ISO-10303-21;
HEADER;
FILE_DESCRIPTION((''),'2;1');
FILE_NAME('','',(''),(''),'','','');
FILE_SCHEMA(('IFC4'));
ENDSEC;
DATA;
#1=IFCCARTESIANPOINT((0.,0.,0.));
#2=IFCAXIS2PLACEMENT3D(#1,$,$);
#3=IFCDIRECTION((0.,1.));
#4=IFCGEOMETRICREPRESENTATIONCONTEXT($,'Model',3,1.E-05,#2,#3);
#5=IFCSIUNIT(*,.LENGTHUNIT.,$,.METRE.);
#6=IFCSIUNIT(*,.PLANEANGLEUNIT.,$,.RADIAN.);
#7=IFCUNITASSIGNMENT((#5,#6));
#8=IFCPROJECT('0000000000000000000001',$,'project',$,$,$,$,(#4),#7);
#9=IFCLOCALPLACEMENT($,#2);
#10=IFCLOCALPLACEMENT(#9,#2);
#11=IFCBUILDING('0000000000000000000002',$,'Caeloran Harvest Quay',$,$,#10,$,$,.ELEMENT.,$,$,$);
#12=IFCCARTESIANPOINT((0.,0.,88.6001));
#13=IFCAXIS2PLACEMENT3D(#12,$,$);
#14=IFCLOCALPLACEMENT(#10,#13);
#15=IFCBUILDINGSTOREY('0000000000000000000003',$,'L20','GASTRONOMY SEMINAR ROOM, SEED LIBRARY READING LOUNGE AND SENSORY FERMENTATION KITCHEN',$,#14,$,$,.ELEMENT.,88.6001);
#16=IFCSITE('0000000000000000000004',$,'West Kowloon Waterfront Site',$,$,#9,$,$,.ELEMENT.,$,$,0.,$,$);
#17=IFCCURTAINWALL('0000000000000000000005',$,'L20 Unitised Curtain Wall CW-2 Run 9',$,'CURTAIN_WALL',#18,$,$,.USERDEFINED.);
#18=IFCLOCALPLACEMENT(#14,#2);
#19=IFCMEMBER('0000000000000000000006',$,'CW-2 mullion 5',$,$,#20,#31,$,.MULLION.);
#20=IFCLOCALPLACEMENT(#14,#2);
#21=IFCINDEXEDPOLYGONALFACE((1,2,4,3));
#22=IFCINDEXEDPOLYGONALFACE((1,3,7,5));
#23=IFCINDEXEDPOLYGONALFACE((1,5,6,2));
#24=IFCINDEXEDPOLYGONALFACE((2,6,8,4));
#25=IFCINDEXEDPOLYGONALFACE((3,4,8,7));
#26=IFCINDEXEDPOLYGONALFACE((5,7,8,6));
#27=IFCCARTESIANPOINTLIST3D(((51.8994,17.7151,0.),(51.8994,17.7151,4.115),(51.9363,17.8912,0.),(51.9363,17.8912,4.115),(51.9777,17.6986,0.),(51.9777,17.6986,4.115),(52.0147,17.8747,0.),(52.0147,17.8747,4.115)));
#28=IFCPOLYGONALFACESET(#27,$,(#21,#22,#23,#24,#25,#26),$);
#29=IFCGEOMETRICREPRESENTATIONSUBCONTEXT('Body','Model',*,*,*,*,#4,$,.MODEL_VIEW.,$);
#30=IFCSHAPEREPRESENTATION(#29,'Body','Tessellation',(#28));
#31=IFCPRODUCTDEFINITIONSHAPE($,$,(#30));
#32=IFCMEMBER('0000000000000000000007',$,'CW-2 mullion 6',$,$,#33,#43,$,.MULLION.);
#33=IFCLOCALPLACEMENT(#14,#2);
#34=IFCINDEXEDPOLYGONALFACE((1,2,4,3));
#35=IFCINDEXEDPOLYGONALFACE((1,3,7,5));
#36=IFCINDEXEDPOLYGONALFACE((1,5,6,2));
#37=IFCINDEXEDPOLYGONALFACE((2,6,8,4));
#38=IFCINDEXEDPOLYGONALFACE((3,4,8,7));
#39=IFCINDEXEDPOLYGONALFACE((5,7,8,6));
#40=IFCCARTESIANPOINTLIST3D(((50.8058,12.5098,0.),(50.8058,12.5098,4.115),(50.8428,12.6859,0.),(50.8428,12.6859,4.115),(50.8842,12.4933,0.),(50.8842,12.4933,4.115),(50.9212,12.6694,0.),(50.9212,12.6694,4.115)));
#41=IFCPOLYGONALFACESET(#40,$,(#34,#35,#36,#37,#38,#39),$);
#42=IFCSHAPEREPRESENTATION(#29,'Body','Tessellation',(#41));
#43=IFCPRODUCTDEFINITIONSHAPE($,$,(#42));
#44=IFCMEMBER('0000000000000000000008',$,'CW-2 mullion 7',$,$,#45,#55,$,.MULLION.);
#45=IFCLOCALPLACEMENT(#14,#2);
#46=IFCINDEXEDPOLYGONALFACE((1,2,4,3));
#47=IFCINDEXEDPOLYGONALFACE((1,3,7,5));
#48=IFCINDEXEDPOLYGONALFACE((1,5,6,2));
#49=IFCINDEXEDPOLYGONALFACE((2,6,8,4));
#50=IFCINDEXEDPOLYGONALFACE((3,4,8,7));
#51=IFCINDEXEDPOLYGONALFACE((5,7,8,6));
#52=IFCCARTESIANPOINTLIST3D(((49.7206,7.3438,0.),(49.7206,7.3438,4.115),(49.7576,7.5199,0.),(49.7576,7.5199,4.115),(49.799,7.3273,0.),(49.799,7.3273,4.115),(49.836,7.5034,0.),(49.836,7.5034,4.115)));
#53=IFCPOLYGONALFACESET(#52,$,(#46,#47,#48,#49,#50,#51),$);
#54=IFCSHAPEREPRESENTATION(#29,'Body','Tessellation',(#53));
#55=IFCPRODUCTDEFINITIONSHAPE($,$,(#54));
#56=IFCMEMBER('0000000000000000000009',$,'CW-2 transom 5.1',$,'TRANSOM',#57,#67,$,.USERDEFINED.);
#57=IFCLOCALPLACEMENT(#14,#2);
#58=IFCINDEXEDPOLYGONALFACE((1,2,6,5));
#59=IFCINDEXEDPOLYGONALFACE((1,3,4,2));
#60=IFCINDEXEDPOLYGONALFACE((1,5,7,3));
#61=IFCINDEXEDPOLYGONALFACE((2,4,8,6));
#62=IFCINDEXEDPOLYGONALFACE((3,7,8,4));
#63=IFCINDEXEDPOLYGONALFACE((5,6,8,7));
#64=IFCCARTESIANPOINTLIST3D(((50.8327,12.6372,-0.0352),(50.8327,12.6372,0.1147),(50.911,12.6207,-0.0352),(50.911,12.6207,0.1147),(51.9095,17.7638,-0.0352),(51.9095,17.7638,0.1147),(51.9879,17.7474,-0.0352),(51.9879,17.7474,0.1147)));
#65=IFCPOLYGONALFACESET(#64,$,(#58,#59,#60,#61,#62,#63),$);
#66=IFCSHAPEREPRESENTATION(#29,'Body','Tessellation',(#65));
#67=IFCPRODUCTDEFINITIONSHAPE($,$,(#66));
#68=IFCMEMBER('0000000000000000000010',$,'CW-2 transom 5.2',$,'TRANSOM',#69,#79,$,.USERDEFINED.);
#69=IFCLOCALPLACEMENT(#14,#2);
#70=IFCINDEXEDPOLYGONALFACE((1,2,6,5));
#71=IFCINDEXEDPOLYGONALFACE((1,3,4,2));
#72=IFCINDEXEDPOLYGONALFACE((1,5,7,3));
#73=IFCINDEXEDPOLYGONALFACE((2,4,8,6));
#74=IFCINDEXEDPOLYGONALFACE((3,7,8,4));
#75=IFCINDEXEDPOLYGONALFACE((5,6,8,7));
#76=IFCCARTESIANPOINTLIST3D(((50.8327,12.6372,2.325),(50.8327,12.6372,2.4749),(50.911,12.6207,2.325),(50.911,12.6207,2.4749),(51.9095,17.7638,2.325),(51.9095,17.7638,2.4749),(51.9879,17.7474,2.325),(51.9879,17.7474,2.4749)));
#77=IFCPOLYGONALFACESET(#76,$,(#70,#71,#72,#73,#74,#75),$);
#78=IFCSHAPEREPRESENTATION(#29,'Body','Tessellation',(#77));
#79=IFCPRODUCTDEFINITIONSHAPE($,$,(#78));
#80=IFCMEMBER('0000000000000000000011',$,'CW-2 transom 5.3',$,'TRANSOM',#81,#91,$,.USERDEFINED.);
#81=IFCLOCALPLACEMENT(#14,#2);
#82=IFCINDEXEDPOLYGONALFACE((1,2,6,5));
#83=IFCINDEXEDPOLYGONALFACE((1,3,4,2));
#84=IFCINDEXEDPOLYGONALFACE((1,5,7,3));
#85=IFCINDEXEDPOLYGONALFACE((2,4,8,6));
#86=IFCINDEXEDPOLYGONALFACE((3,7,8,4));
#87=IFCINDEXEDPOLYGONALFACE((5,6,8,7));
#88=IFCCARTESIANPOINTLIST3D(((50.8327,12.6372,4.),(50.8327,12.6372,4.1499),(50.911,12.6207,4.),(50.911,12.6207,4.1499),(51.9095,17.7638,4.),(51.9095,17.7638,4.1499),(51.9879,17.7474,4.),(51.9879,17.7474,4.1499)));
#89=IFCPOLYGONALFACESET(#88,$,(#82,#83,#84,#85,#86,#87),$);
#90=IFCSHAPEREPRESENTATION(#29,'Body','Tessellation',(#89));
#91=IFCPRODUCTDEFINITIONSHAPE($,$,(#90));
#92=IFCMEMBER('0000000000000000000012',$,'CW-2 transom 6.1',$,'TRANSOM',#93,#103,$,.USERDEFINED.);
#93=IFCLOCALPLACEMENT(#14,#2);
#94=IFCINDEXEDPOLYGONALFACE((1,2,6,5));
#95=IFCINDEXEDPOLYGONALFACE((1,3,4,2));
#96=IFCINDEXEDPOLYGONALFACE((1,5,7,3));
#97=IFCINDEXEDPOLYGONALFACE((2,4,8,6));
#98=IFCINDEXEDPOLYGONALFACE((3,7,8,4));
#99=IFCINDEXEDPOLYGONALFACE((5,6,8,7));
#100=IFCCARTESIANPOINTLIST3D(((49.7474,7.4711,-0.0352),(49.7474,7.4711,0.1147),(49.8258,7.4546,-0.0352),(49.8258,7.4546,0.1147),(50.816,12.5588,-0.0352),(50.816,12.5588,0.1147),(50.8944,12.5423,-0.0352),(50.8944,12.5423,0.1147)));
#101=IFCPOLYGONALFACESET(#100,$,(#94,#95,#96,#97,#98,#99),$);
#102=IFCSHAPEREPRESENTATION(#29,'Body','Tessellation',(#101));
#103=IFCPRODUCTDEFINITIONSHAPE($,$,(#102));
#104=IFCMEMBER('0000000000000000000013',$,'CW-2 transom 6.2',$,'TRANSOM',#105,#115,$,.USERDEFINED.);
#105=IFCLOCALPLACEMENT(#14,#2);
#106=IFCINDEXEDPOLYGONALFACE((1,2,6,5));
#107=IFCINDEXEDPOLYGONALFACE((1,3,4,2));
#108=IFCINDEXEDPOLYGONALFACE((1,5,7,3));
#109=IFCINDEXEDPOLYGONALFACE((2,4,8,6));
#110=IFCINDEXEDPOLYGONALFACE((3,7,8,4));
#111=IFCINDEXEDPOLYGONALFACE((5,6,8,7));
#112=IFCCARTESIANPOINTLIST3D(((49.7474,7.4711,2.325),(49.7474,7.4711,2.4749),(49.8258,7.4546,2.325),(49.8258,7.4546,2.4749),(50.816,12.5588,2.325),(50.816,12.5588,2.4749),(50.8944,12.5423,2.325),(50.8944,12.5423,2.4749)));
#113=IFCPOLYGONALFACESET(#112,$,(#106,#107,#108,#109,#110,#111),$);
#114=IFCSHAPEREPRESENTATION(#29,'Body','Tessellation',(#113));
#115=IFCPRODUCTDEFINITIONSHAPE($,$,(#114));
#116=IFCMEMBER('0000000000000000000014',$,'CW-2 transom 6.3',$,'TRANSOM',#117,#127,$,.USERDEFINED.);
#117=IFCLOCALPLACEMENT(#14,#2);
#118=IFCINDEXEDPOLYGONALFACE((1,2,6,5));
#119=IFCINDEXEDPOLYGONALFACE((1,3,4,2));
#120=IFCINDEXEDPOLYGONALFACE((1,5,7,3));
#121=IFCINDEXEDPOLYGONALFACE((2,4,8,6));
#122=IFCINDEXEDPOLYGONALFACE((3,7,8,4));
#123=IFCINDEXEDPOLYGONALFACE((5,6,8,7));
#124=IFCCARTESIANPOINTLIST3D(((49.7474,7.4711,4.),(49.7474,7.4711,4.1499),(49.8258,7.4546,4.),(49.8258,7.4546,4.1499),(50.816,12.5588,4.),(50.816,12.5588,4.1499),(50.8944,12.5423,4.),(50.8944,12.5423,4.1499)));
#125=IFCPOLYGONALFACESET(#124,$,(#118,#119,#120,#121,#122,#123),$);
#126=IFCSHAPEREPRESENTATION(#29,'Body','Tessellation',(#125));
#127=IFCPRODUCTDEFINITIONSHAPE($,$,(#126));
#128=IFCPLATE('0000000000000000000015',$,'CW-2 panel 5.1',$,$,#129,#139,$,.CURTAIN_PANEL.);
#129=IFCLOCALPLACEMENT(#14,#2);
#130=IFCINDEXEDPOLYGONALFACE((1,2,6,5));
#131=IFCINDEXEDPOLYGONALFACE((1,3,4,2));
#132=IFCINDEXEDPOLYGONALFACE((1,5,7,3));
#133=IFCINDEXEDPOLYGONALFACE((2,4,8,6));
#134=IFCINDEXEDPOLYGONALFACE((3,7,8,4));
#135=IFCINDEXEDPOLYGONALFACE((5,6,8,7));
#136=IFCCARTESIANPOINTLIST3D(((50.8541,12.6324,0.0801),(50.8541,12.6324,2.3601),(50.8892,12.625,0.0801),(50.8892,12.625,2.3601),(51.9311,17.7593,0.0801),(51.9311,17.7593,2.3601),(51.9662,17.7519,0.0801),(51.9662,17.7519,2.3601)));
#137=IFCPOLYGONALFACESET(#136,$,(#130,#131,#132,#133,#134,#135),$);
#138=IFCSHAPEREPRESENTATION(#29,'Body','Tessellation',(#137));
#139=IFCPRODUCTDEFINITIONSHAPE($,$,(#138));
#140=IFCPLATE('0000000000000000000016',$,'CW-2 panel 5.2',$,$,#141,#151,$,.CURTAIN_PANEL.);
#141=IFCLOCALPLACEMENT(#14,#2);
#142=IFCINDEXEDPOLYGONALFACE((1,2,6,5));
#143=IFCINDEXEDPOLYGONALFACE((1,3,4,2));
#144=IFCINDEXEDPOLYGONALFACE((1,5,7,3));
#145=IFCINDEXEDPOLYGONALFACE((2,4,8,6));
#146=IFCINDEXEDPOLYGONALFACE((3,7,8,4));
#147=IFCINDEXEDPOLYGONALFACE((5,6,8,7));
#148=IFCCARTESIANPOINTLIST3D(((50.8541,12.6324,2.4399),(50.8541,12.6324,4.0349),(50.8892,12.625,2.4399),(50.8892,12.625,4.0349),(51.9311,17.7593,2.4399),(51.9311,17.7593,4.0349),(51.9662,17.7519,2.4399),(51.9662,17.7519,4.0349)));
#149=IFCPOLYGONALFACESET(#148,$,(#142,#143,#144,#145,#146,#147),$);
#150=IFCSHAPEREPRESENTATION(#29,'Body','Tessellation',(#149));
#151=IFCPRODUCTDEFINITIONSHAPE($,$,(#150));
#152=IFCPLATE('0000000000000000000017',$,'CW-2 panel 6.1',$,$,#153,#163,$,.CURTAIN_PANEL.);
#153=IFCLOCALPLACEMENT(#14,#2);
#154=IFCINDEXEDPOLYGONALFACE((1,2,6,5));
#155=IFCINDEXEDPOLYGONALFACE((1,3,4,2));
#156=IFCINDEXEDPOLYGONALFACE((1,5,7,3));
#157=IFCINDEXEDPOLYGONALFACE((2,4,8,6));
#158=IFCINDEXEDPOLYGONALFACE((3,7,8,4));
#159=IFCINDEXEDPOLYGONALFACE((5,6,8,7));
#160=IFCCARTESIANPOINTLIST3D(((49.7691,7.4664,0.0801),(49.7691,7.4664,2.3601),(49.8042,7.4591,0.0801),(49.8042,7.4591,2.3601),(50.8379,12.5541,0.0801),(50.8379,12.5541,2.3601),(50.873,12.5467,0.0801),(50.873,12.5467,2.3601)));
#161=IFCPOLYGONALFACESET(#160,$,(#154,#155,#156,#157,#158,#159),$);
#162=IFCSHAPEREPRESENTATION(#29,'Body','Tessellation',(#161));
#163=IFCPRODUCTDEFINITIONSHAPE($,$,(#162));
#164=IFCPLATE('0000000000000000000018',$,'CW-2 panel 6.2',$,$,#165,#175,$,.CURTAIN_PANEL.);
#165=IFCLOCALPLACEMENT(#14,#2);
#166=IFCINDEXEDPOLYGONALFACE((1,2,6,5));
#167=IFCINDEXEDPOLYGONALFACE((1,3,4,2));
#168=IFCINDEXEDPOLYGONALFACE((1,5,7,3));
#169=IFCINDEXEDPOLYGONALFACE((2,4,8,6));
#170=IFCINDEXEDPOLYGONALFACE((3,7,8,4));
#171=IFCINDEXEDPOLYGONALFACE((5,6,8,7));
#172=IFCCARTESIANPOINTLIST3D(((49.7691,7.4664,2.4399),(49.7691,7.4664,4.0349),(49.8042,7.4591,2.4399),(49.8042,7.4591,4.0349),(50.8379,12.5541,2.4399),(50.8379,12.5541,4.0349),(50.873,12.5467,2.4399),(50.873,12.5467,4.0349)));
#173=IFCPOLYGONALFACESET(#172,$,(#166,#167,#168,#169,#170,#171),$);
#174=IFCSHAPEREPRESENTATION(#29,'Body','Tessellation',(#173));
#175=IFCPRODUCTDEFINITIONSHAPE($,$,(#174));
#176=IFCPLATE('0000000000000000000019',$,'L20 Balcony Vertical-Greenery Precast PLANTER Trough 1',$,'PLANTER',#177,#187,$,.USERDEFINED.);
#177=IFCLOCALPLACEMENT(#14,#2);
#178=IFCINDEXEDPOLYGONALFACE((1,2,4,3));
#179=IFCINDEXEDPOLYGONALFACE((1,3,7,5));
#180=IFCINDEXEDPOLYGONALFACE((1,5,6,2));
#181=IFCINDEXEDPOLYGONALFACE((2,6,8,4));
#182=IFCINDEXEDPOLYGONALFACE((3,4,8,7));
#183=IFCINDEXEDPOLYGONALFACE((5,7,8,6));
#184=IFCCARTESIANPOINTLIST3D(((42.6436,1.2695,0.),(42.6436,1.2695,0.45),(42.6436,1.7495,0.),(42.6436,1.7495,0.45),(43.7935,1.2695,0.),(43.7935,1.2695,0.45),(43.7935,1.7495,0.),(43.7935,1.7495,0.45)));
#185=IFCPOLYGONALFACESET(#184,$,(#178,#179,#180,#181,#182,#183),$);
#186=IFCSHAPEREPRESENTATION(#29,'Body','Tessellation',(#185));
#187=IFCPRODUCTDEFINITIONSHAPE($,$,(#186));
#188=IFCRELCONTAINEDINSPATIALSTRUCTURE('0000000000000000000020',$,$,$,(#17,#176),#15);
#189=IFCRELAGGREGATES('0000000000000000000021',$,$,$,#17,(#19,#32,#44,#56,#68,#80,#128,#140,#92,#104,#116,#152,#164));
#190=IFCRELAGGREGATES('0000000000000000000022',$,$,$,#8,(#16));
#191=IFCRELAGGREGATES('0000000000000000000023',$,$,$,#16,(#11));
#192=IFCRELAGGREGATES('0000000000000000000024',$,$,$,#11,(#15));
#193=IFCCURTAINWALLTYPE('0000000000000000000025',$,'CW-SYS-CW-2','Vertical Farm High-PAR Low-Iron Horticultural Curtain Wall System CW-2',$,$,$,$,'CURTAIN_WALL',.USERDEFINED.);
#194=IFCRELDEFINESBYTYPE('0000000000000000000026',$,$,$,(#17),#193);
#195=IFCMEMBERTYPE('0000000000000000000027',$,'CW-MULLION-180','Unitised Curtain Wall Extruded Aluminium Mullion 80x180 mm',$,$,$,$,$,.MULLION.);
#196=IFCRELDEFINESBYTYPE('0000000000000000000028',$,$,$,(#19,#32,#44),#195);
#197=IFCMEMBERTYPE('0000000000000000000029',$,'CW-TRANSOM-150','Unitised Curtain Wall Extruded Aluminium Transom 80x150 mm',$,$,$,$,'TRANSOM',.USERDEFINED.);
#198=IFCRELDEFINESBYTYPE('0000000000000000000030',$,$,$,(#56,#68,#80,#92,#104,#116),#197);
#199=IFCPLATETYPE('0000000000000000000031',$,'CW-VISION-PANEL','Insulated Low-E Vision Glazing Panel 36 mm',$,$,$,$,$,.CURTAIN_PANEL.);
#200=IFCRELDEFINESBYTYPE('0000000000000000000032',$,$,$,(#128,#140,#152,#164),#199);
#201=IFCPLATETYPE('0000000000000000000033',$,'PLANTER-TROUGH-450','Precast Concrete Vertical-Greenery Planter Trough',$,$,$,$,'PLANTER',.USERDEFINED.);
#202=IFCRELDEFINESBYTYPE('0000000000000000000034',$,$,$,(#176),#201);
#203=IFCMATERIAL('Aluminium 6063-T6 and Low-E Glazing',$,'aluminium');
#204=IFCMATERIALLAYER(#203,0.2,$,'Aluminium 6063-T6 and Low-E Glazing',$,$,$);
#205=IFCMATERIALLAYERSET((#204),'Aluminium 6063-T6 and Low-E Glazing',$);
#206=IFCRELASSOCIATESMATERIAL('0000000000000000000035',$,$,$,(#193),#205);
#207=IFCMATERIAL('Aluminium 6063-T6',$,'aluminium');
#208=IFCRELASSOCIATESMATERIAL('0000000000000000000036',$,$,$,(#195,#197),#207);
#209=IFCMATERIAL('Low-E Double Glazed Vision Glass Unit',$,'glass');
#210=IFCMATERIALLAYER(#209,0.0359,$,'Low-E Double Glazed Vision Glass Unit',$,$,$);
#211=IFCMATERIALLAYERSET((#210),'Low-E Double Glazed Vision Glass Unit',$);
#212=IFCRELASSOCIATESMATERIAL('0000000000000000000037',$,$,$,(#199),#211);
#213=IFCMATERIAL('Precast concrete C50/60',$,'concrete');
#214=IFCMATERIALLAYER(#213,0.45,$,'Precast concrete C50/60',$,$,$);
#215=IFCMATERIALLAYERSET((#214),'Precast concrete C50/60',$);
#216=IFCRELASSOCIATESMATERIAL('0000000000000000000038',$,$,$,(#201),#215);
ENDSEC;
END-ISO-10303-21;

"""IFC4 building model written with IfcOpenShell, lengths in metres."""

from ifc_helpers import new_model, si_unit, direction, frame, origin, origin_2d, place, context, subcontext, project, spatial, rectangle, extrude, material, layer, layer_set, material_profile, profile_set, type_object, element, aggregate, save


model = new_model("IFC4")

# Units and contexts
model_context = context("Model", 3, precision=1e-05, world=origin(), true_north=direction((0.0, 1.0)))
body_context = subcontext(model_context, "Body", "Model", "MODEL_VIEW")
ifc_project = project(units=[si_unit("LENGTHUNIT", "METRE"), si_unit("PLANEANGLEUNIT", "RADIAN")], contexts=[model_context])

# Site, building, storey
site_placement = place(None, origin())
site = spatial("IfcSite", under=ifc_project, at=site_placement, Name="West Kowloon Waterfront Site", CompositionType="ELEMENT", RefElevation=0.0)
building_placement = place(site_placement, origin())
building = spatial("IfcBuilding", under=site, at=building_placement, Name="Caeloran Harvest Quay", CompositionType="ELEMENT")
storey_placement = place(building_placement, frame((0.0, 0.0, 88.6001)))
storey = spatial("IfcBuildingStorey", under=building, at=storey_placement, Name="L20", Description="GASTRONOMY SEMINAR ROOM, SEED LIBRARY READING LOUNGE AND SENSORY FERMENTATION KITCHEN", CompositionType="ELEMENT", Elevation=88.6001)

# Curtain wall, members, plates
ifc_material_1 = material(Name="Aluminium 6063-T6 and Low-E Glazing", Category="aluminium")
ifc_layer_1 = layer(ifc_material_1, 0.2, Name="Aluminium 6063-T6 and Low-E Glazing")
ifc_layer_set_1 = layer_set([ifc_layer_1], Name="Aluminium 6063-T6 and Low-E Glazing")
curtain_wall_type = type_object("IfcCurtainWallType", Name="CW-SYS-CW-2", Description="Vertical Farm High-PAR Low-Iron Horticultural Curtain Wall System CW-2", ElementType="CURTAIN_WALL", PredefinedType="USERDEFINED", material=ifc_layer_set_1)
curtain_wall_placement = place(storey_placement, origin())
curtain_wall = element("IfcCurtainWall", 1, at=curtain_wall_placement, inside=storey, type_object=curtain_wall_type, Name="L20 Unitised Curtain Wall CW-2 Run 9", ObjectType="CURTAIN_WALL", PredefinedType="USERDEFINED")
ifc_material_2 = material(Name="Aluminium 6063-T6", Category="aluminium")
ifc_material_profile_1 = material_profile(ifc_material_2, rectangle(XDim=0.0801, YDim=0.1799, at=origin_2d()), Name="CW-MULLION-180")
ifc_profile_set_1 = profile_set([ifc_material_profile_1], Name="Aluminium 6063-T6")
member_type_1 = type_object("IfcMemberType", Name="CW-MULLION-180", Description="Unitised Curtain Wall Extruded Aluminium Mullion 80x180 mm", PredefinedType="MULLION", material=ifc_profile_set_1)
member_1_placement = place(storey_placement, frame((51.957, 17.7949, 0.0), z_axis=(0.0, 0.0, 1.0), x_axis=(0.97864, -0.205583, 0.0)))
member_1 = element("IfcMember", 2, at=member_1_placement, type_object=member_type_1, Name="CW-2 mullion 5", PredefinedType="MULLION", context=body_context, shape_type="SweptSolid", body=[
    extrude(rectangle(XDim=0.0801, YDim=0.1799, at=origin_2d()), origin(), (0.0, 0.0, 1.0), 4.115),
])
member_2_placement = place(storey_placement, frame((50.8635, 12.5896, 0.0), z_axis=(0.0, 0.0, 1.0), x_axis=(0.97864, -0.205583, 0.0)))
member_2 = element("IfcMember", 3, at=member_2_placement, type_object=member_type_1, Name="CW-2 mullion 6", PredefinedType="MULLION", context=body_context, shape_type="SweptSolid", body=[
    extrude(rectangle(XDim=0.0801, YDim=0.1799, at=origin_2d()), origin(), (0.0, 0.0, 1.0), 4.115),
])
member_3_placement = place(storey_placement, frame((49.7783, 7.4236, 0.0), z_axis=(0.0, 0.0, 1.0), x_axis=(0.97864, -0.205583, 0.0)))
member_3 = element("IfcMember", 4, at=member_3_placement, type_object=member_type_1, Name="CW-2 mullion 7", PredefinedType="MULLION", context=body_context, shape_type="SweptSolid", body=[
    extrude(rectangle(XDim=0.0801, YDim=0.1799, at=origin_2d()), origin(), (0.0, 0.0, 1.0), 4.115),
])
ifc_material_profile_2 = material_profile(ifc_material_2, rectangle(XDim=0.0801, YDim=0.1499, at=origin_2d()), Name="CW-TRANSOM-150")
ifc_profile_set_2 = profile_set([ifc_material_profile_2], Name="Aluminium 6063-T6")
member_type_2 = type_object("IfcMemberType", Name="CW-TRANSOM-150", Description="Unitised Curtain Wall Extruded Aluminium Transom 80x150 mm", ElementType="TRANSOM", PredefinedType="USERDEFINED", material=ifc_profile_set_2)
member_4_placement = place(storey_placement, frame((51.9487, 17.7556, 0.0398), z_axis=(-0.205571, -0.978642, 0.0), x_axis=(0.978642, -0.205571, 0.0)))
member_4 = element("IfcMember", 5, at=member_4_placement, type_object=member_type_2, Name="CW-2 transom 5.1", ObjectType="TRANSOM", PredefinedType="USERDEFINED", context=body_context, shape_type="SweptSolid", body=[
    extrude(rectangle(XDim=0.0801, YDim=0.1499, at=origin_2d()), origin(), (0.0, 0.0, 1.0), 5.2385),
])
member_5_placement = place(storey_placement, frame((51.9487, 17.7556, 2.3999), z_axis=(-0.205571, -0.978642, 0.0), x_axis=(0.978642, -0.205571, 0.0)))
member_5 = element("IfcMember", 6, at=member_5_placement, type_object=member_type_2, Name="CW-2 transom 5.2", ObjectType="TRANSOM", PredefinedType="USERDEFINED", context=body_context, shape_type="SweptSolid", body=[
    extrude(rectangle(XDim=0.0801, YDim=0.1499, at=origin_2d()), origin(), (0.0, 0.0, 1.0), 5.2385),
])
member_6_placement = place(storey_placement, frame((51.9487, 17.7556, 4.075), z_axis=(-0.205571, -0.978642, 0.0), x_axis=(0.978642, -0.205571, 0.0)))
member_6 = element("IfcMember", 7, at=member_6_placement, type_object=member_type_2, Name="CW-2 transom 5.3", ObjectType="TRANSOM", PredefinedType="USERDEFINED", context=body_context, shape_type="SweptSolid", body=[
    extrude(rectangle(XDim=0.0801, YDim=0.1499, at=origin_2d()), origin(), (0.0, 0.0, 1.0), 5.2385),
])
member_7_placement = place(storey_placement, frame((50.8552, 12.5505, 0.0398), z_axis=(-0.205554, -0.978646, 0.0), x_axis=(0.978646, -0.205554, 0.0)))
member_7 = element("IfcMember", 8, at=member_7_placement, type_object=member_type_2, Name="CW-2 transom 6.1", ObjectType="TRANSOM", PredefinedType="USERDEFINED", context=body_context, shape_type="SweptSolid", body=[
    extrude(rectangle(XDim=0.0801, YDim=0.1499, at=origin_2d()), origin(), (0.0, 0.0, 1.0), 5.1987),
])
member_8_placement = place(storey_placement, frame((50.8552, 12.5505, 2.3999), z_axis=(-0.205554, -0.978646, 0.0), x_axis=(0.978646, -0.205554, 0.0)))
member_8 = element("IfcMember", 9, at=member_8_placement, type_object=member_type_2, Name="CW-2 transom 6.2", ObjectType="TRANSOM", PredefinedType="USERDEFINED", context=body_context, shape_type="SweptSolid", body=[
    extrude(rectangle(XDim=0.0801, YDim=0.1499, at=origin_2d()), origin(), (0.0, 0.0, 1.0), 5.1987),
])
member_9_placement = place(storey_placement, frame((50.8552, 12.5505, 4.075), z_axis=(-0.205554, -0.978646, 0.0), x_axis=(0.978646, -0.205554, 0.0)))
member_9 = element("IfcMember", 10, at=member_9_placement, type_object=member_type_2, Name="CW-2 transom 6.3", ObjectType="TRANSOM", PredefinedType="USERDEFINED", context=body_context, shape_type="SweptSolid", body=[
    extrude(rectangle(XDim=0.0801, YDim=0.1499, at=origin_2d()), origin(), (0.0, 0.0, 1.0), 5.1987),
])
ifc_material_3 = material(Name="Low-E Double Glazed Vision Glass Unit", Category="glass")
ifc_layer_2 = layer(ifc_material_3, 0.0359, Name="Low-E Double Glazed Vision Glass Unit")
ifc_layer_set_2 = layer_set([ifc_layer_2], Name="Low-E Double Glazed Vision Glass Unit")
plate_type_1 = type_object("IfcPlateType", Name="CW-VISION-PANEL", Description="Insulated Low-E Vision Glazing Panel 36 mm", PredefinedType="CURTAIN_PANEL", material=ifc_layer_set_2)
plate_1_placement = place(storey_placement, frame((51.4102, 15.1921, 0.0801), z_axis=(0.0, 0.0, 1.0), x_axis=(-0.205583, -0.97864, 0.0)))
plate_1 = element("IfcPlate", 11, at=plate_1_placement, type_object=plate_type_1, Name="CW-2 panel 5.1", PredefinedType="CURTAIN_PANEL", context=body_context, shape_type="SweptSolid", body=[
    extrude(rectangle(XDim=5.2388, YDim=0.0359, at=origin_2d()), origin(), (0.0, 0.0, 1.0), 2.28),
])
plate_2_placement = place(storey_placement, frame((51.4102, 15.1921, 2.4399), z_axis=(0.0, 0.0, 1.0), x_axis=(-0.205583, -0.97864, 0.0)))
plate_2 = element("IfcPlate", 12, at=plate_2_placement, type_object=plate_type_1, Name="CW-2 panel 5.2", PredefinedType="CURTAIN_PANEL", context=body_context, shape_type="SweptSolid", body=[
    extrude(rectangle(XDim=5.2388, YDim=0.0359, at=origin_2d()), origin(), (0.0, 0.0, 1.0), 1.595),
])
plate_3_placement = place(storey_placement, frame((50.321, 10.0066, 0.0801), z_axis=(0.0, 0.0, 1.0), x_axis=(-0.205583, -0.97864, 0.0)))
plate_3 = element("IfcPlate", 13, at=plate_3_placement, type_object=plate_type_1, Name="CW-2 panel 6.1", PredefinedType="CURTAIN_PANEL", context=body_context, shape_type="SweptSolid", body=[
    extrude(rectangle(XDim=5.1987, YDim=0.0359, at=origin_2d()), origin(), (0.0, 0.0, 1.0), 2.28),
])
plate_4_placement = place(storey_placement, frame((50.321, 10.0066, 2.4399), z_axis=(0.0, 0.0, 1.0), x_axis=(-0.205583, -0.97864, 0.0)))
plate_4 = element("IfcPlate", 14, at=plate_4_placement, type_object=plate_type_1, Name="CW-2 panel 6.2", PredefinedType="CURTAIN_PANEL", context=body_context, shape_type="SweptSolid", body=[
    extrude(rectangle(XDim=5.1987, YDim=0.0359, at=origin_2d()), origin(), (0.0, 0.0, 1.0), 1.595),
])
aggregate(curtain_wall, [member_1, member_2, member_3, member_4, member_5, member_6, plate_1, plate_2, member_7, member_8, member_9, plate_3, plate_4])

# Plate
ifc_material_4 = material(Name="Precast concrete C50/60", Category="concrete")
ifc_layer_3 = layer(ifc_material_4, 0.45, Name="Precast concrete C50/60")
ifc_layer_set_3 = layer_set([ifc_layer_3], Name="Precast concrete C50/60")
plate_type_2 = type_object("IfcPlateType", Name="PLANTER-TROUGH-450", Description="Precast Concrete Vertical-Greenery Planter Trough", ElementType="PLANTER", PredefinedType="USERDEFINED", material=ifc_layer_set_3)
plate_5_placement = place(storey_placement, frame((43.2185, 1.5095, 0.0), z_axis=(0.0, 0.0, 1.0), x_axis=(1.0, 0.0, 0.0)))
element("IfcPlate", 15, at=plate_5_placement, inside=storey, type_object=plate_type_2, Name="L20 Balcony Vertical-Greenery Precast PLANTER Trough 1", ObjectType="PLANTER", PredefinedType="USERDEFINED", context=body_context, shape_type="SweptSolid", body=[
    extrude(rectangle(XDim=1.1499, YDim=0.48, at=origin_2d()), origin(), (0.0, 0.0, 1.0), 0.45),
])

save(model, "model.ifc")
